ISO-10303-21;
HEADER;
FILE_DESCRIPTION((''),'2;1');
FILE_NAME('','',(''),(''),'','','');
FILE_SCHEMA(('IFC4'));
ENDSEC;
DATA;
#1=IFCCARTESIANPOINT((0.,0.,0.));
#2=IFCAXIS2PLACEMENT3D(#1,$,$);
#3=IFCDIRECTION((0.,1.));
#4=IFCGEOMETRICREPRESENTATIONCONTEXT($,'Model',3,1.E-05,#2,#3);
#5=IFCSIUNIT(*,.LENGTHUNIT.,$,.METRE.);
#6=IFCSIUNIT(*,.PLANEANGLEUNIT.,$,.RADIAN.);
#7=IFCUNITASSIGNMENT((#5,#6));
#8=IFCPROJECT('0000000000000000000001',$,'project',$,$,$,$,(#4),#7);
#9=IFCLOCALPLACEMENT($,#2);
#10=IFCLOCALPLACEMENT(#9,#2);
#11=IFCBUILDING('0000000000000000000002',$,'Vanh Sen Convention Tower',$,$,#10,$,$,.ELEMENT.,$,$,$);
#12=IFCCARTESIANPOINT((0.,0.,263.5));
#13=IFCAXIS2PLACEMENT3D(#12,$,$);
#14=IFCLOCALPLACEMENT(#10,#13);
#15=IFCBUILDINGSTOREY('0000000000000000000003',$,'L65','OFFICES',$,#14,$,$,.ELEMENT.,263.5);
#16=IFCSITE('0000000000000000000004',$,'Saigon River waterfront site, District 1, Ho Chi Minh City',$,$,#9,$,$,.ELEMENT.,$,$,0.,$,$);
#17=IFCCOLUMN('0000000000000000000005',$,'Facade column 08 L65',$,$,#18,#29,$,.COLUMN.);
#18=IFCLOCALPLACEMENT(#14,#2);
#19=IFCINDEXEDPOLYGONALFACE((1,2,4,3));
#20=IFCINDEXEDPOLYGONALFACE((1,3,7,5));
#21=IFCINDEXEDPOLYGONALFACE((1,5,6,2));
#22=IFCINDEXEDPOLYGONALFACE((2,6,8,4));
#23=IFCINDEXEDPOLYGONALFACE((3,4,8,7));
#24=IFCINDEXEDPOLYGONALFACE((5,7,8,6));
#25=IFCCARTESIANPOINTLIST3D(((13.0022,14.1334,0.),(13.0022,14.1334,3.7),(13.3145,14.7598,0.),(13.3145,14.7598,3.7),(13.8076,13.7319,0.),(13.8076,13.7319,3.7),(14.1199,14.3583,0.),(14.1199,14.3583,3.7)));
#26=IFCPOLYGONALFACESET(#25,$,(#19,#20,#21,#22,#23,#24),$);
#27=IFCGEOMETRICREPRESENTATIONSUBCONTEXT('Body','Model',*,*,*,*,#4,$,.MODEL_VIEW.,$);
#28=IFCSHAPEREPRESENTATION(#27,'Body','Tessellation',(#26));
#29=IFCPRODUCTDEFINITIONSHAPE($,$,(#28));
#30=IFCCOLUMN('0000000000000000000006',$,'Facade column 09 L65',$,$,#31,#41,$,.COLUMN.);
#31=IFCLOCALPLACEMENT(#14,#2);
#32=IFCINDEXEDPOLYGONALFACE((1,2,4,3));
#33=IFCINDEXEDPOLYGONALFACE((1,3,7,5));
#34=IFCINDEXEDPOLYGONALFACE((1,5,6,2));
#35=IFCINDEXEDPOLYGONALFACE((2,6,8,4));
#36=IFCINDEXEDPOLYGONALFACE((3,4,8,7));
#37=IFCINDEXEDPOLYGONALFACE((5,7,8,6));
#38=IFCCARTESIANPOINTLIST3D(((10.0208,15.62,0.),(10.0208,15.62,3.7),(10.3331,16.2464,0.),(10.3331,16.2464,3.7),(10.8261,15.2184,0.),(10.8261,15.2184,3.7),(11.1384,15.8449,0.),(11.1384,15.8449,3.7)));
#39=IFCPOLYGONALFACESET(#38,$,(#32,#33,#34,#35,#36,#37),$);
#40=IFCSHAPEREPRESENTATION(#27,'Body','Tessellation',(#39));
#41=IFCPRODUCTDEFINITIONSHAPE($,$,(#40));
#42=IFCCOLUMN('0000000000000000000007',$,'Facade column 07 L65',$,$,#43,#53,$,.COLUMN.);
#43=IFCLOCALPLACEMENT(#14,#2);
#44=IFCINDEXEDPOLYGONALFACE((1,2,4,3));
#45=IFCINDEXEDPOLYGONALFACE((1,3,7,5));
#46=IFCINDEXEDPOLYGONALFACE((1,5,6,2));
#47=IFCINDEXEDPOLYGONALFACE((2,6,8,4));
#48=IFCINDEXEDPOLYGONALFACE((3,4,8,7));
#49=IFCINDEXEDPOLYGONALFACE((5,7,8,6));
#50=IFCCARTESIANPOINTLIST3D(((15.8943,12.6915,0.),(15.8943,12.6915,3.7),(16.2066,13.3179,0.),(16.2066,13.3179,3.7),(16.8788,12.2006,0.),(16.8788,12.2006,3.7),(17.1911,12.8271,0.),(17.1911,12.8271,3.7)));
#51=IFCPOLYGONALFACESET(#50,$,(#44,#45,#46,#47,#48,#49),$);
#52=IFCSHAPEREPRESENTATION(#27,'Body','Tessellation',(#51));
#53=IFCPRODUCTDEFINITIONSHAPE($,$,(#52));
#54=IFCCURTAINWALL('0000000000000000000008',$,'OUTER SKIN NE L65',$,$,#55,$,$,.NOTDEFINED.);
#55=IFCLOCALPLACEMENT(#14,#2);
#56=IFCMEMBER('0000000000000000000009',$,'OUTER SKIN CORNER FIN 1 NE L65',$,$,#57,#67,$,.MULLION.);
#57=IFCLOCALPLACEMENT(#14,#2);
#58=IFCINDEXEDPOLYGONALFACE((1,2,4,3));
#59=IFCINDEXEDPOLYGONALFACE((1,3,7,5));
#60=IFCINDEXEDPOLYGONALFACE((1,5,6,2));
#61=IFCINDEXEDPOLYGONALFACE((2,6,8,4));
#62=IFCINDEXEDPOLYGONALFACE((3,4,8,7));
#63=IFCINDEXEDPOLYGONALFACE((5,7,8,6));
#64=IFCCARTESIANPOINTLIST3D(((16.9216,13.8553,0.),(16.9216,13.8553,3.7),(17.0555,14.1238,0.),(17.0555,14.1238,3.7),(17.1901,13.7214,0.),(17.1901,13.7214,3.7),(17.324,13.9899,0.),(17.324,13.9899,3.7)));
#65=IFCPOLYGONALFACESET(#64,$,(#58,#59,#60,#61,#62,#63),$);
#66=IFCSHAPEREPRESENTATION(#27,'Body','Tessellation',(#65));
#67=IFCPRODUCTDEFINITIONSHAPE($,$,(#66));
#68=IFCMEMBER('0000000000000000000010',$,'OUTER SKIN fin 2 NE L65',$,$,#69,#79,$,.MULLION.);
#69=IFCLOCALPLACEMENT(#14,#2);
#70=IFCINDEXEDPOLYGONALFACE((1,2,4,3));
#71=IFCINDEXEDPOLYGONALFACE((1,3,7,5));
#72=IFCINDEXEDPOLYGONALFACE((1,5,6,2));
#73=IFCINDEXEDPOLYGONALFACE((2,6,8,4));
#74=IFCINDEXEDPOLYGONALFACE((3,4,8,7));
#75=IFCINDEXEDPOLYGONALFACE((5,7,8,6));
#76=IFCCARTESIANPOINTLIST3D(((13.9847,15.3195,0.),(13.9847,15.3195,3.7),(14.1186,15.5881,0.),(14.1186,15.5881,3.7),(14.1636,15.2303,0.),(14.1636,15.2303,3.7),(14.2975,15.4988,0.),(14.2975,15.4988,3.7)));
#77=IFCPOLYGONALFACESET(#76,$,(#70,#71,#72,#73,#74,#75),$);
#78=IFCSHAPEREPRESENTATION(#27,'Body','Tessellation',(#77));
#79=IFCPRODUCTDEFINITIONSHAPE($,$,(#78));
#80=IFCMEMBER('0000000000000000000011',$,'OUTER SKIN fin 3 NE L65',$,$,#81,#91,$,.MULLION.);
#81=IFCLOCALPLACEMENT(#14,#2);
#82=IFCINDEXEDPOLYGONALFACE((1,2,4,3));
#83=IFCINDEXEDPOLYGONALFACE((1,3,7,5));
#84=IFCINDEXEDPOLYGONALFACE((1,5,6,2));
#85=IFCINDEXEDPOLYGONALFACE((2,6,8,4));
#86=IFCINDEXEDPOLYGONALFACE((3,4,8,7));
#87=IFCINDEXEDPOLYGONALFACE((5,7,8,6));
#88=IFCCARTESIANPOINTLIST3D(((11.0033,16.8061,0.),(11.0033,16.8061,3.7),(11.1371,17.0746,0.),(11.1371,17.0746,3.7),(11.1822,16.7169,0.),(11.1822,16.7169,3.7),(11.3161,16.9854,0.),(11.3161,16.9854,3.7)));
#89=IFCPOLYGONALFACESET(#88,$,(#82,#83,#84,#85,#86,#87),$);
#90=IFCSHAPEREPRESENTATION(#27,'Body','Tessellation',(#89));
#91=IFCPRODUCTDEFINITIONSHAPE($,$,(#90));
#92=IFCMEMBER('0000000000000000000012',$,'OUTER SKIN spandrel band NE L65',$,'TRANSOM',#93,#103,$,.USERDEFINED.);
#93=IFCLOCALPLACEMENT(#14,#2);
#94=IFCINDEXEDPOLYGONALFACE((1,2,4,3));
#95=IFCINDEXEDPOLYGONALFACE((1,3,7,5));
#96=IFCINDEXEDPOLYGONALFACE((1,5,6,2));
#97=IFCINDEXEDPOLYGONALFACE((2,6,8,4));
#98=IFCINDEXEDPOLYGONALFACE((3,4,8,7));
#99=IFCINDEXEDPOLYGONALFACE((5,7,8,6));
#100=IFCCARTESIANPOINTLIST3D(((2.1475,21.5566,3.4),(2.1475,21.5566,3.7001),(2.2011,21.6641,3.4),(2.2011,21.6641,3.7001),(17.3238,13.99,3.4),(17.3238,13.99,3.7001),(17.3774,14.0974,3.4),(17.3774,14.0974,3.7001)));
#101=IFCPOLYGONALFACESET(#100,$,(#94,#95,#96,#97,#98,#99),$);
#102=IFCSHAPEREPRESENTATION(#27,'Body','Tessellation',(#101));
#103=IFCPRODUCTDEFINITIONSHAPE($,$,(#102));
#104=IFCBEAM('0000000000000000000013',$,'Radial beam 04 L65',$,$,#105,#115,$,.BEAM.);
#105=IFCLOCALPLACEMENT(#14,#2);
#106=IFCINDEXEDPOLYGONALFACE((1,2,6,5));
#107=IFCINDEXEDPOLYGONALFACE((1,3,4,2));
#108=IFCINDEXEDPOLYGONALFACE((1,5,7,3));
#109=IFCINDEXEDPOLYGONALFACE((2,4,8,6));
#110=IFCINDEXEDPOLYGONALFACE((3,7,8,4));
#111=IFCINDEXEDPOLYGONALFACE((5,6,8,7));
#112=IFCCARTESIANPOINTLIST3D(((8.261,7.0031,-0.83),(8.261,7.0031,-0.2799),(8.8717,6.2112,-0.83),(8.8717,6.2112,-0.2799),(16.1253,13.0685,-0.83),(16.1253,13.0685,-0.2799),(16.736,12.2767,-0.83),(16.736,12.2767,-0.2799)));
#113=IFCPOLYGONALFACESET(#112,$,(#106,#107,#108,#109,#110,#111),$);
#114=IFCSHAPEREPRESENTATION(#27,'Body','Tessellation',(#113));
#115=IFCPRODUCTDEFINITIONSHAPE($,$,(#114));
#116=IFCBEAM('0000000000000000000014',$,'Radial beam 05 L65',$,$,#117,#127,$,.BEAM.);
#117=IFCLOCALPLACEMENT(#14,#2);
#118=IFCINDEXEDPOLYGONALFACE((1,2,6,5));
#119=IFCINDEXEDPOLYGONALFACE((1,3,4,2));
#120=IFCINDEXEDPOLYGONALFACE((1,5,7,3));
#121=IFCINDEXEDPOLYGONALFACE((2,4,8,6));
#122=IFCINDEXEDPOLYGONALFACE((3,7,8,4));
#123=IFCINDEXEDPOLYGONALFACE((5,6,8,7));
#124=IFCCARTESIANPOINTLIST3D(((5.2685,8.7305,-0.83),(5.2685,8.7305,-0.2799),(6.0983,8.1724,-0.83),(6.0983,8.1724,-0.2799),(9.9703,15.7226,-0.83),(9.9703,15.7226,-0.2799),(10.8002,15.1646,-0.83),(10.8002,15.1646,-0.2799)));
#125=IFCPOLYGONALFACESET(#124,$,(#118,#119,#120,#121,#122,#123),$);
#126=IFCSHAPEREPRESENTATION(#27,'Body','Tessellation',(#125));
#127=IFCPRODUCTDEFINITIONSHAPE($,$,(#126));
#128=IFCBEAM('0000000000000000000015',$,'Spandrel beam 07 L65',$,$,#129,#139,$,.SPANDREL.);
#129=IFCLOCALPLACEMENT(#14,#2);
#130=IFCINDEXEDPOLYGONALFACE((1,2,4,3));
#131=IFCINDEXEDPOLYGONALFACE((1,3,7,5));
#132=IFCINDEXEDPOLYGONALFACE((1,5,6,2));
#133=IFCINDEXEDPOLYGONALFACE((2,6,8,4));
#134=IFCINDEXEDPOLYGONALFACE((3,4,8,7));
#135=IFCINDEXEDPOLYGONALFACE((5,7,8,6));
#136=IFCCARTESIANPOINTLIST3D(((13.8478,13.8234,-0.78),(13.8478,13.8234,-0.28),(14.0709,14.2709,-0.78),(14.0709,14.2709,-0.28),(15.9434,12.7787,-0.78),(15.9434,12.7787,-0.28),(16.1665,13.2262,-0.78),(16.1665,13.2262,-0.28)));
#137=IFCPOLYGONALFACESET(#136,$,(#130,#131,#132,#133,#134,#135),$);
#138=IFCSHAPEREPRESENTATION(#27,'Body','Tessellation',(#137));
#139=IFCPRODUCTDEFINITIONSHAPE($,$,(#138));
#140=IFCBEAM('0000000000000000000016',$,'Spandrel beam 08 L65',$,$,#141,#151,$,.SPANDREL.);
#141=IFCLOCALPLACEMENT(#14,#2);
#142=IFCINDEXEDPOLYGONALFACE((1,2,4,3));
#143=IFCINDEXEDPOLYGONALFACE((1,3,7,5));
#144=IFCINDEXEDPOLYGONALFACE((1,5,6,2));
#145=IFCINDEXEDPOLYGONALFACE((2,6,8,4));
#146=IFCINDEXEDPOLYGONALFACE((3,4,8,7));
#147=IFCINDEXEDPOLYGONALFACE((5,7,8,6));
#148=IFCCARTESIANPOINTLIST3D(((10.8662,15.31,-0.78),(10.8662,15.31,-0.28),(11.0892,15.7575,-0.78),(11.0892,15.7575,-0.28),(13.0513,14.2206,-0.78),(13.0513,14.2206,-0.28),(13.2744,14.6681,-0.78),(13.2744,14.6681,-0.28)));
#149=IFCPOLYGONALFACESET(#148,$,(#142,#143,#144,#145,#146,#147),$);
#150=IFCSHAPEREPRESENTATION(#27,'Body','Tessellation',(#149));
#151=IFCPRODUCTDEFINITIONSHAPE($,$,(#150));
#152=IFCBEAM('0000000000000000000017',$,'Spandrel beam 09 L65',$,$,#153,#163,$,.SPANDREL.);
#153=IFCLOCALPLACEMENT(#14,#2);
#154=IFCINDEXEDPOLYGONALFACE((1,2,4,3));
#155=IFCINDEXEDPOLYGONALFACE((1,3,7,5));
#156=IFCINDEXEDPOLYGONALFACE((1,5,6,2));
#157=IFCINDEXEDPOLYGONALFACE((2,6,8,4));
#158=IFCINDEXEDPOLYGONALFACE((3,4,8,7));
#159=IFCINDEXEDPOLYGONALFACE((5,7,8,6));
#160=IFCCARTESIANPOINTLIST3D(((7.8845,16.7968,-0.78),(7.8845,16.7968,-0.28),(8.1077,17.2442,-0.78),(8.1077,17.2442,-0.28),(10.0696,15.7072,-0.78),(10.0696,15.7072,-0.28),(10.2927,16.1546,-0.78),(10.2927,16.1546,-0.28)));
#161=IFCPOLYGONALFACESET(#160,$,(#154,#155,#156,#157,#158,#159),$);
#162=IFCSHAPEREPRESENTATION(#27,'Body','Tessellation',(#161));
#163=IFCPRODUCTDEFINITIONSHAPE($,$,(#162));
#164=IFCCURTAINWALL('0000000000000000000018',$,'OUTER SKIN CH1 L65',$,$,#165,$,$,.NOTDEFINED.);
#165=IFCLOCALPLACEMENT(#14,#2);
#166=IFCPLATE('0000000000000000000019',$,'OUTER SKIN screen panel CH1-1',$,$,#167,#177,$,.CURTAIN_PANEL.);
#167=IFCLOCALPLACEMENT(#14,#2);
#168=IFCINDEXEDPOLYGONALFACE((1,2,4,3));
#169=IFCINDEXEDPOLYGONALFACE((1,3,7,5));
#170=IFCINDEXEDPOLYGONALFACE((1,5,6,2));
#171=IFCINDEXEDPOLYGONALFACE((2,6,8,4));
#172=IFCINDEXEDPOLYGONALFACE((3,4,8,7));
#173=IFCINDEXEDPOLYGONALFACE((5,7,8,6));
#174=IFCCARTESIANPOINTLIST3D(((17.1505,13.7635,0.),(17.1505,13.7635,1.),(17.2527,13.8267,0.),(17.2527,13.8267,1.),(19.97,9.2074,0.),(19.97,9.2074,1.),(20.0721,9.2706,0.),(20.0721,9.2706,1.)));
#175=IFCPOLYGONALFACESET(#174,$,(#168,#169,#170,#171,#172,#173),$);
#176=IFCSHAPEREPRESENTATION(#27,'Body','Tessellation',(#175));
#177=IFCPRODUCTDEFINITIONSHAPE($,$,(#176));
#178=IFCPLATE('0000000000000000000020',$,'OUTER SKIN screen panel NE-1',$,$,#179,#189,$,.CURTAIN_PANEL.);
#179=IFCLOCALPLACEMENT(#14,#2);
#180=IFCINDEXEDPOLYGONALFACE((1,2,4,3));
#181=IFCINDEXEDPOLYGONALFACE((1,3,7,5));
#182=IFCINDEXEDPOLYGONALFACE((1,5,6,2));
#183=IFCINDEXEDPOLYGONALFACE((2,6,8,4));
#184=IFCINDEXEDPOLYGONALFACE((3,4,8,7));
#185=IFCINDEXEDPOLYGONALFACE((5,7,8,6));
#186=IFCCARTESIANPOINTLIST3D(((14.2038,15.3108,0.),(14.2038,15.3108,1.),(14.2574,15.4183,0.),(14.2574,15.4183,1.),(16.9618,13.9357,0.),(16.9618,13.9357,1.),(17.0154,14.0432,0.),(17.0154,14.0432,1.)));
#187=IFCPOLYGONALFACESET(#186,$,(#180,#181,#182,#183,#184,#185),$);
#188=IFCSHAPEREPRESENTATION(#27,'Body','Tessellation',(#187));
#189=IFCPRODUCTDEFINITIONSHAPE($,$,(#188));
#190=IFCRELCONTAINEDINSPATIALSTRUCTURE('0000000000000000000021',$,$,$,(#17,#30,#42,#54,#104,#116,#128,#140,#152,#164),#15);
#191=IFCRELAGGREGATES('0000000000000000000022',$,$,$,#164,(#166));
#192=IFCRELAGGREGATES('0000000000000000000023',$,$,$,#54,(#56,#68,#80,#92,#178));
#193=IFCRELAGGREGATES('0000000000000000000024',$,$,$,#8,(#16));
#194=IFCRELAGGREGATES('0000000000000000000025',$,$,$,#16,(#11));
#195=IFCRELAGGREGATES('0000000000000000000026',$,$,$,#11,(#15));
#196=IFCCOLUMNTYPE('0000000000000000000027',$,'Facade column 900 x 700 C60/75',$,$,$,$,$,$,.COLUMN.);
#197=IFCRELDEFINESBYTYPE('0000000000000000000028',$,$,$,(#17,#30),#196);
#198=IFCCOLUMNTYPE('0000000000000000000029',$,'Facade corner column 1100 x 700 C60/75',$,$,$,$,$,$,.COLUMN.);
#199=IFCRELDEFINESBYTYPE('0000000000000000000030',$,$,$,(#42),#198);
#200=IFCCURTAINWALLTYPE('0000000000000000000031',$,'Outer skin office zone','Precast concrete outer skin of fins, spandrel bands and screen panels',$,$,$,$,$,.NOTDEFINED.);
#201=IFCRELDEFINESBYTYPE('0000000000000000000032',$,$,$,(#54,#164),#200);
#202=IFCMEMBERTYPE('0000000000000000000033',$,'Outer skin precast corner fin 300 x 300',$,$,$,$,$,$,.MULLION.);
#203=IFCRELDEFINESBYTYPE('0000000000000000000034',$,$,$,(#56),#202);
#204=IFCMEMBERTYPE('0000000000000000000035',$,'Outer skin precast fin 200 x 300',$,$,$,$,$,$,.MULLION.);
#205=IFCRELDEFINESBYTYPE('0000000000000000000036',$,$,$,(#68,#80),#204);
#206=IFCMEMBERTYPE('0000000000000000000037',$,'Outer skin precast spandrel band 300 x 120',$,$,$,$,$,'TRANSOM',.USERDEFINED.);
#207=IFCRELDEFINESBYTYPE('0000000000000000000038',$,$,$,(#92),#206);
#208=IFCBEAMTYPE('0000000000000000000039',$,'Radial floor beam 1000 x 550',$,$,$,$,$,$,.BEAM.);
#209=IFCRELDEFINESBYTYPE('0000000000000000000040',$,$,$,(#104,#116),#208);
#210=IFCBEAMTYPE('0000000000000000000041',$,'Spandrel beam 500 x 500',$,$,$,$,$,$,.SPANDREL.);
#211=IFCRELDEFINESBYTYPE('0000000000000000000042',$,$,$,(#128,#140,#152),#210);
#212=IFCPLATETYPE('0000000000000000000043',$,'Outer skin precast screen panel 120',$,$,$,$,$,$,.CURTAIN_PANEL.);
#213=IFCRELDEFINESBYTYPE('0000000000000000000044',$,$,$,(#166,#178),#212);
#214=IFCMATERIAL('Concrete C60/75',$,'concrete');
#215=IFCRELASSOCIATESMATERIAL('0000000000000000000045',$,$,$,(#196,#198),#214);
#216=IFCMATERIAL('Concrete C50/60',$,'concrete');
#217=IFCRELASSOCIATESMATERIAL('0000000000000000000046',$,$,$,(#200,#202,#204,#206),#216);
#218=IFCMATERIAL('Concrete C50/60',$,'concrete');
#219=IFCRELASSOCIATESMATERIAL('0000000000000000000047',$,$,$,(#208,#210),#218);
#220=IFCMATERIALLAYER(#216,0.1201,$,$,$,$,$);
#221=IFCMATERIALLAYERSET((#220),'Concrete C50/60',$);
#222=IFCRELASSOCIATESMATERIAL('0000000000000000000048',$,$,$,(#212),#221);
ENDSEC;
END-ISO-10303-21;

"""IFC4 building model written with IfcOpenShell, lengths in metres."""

from ifc_helpers import new_model, si_unit, direction, frame, origin, origin_2d, place, context, subcontext, project, spatial, rectangle, extrude, material, layer, layer_set, material_profile, profile_set, type_object, element, aggregate, save


model = new_model("IFC4")

# Units and contexts
model_context = context("Model", 3, precision=1e-05, world=origin(), true_north=direction((0.0, 1.0)))
body_context = subcontext(model_context, "Body", "Model", "MODEL_VIEW")
ifc_project = project(units=[si_unit("LENGTHUNIT", "METRE"), si_unit("PLANEANGLEUNIT", "RADIAN")], contexts=[model_context])

# Site, building, storey
site_placement = place(None, origin())
site = spatial("IfcSite", under=ifc_project, at=site_placement, Name="Saigon River waterfront site, District 1, Ho Chi Minh City", CompositionType="ELEMENT", RefElevation=0.0)
building_placement = place(site_placement, origin())
building = spatial("IfcBuilding", under=site, at=building_placement, Name="Vanh Sen Convention Tower", CompositionType="ELEMENT")
storey_placement = place(building_placement, frame((0.0, 0.0, 263.5)))
storey = spatial("IfcBuildingStorey", under=building, at=storey_placement, Name="L65", Description="OFFICES", CompositionType="ELEMENT", Elevation=263.5)

# Columns
ifc_material_1 = material(Name="Concrete C60/75", Category="concrete")
ifc_material_profile_1 = material_profile(ifc_material_1, rectangle(XDim=0.8999, YDim=0.7, at=origin_2d()), Name="RC 900X700")
ifc_profile_set_1 = profile_set([ifc_material_profile_1], Name="Concrete C60/75")
column_type_1 = type_object("IfcColumnType", Name="Facade column 900 x 700 C60/75", PredefinedType="COLUMN", material=ifc_profile_set_1)
for number, where, z_axis, x_axis, name in (
    (1, (13.561, 14.2458, 0.0), (0.0, 0.0, 1.0), (-0.894934, 0.446198, 0.0), "Facade column 08 L65"),
    (2, (10.5796, 15.7324, 0.0), (0.0, 0.0, 1.0), (-0.894934, 0.446198, 0.0), "Facade column 09 L65"),
):
    element("IfcColumn", number, at=place(storey_placement, frame(where, z_axis=z_axis, x_axis=x_axis)), inside=storey, type_object=column_type_1, Name=name, PredefinedType="COLUMN", context=body_context, shape_type="SweptSolid", body=[
        extrude(rectangle(XDim=0.8999, YDim=0.7, at=origin_2d()), origin(), (0.0, 0.0, 1.0), 3.7),
    ])
ifc_material_profile_2 = material_profile(ifc_material_1, rectangle(XDim=1.1001, YDim=0.7, at=origin_2d()), Name="RC 1100X700")
ifc_profile_set_2 = profile_set([ifc_material_profile_2], Name="Concrete C60/75")
column_type_2 = type_object("IfcColumnType", Name="Facade corner column 1100 x 700 C60/75", PredefinedType="COLUMN", material=ifc_profile_set_2)
column_placement = place(storey_placement, frame((16.5427, 12.7593, 0.0), z_axis=(0.0, 0.0, 1.0), x_axis=(-0.894934, 0.446198, 0.0)))
element("IfcColumn", 3, at=column_placement, inside=storey, type_object=column_type_2, Name="Facade column 07 L65", PredefinedType="COLUMN", context=body_context, shape_type="SweptSolid", body=[
    extrude(rectangle(XDim=1.1001, YDim=0.7, at=origin_2d()), origin(), (0.0, 0.0, 1.0), 3.7),
])

# Curtain wall, members
ifc_material_2 = material(Name="Concrete C50/60", Category="concrete")
curtain_wall_type = type_object("IfcCurtainWallType", Name="Outer skin office zone", Description="Precast concrete outer skin of fins, spandrel bands and screen panels", PredefinedType="NOTDEFINED", material=ifc_material_2)
curtain_wall_1_placement = place(storey_placement, origin())
curtain_wall_1 = element("IfcCurtainWall", 4, at=curtain_wall_1_placement, inside=storey, type_object=curtain_wall_type, Name="OUTER SKIN NE L65", PredefinedType="NOTDEFINED")
ifc_material_profile_3 = material_profile(ifc_material_2, rectangle(XDim=0.3, YDim=0.3, at=origin_2d()), Name="Outer skin precast corner fin 300 x 300")
ifc_profile_set_3 = profile_set([ifc_material_profile_3], Name="Concrete C50/60")
member_type_1 = type_object("IfcMemberType", Name="Outer skin precast corner fin 300 x 300", PredefinedType="MULLION", material=ifc_profile_set_3)
member_1_placement = place(storey_placement, frame((17.1228, 13.9226, 0.0), z_axis=(0.0, 0.0, 1.0), x_axis=(-0.894934, 0.446198, 0.0)))
member_1 = element("IfcMember", 5, at=member_1_placement, type_object=member_type_1, Name="OUTER SKIN CORNER FIN 1 NE L65", PredefinedType="MULLION", context=body_context, shape_type="SweptSolid", body=[
    extrude(rectangle(XDim=0.3, YDim=0.3, at=origin_2d()), origin(), (0.0, 0.0, 1.0), 3.7),
])
ifc_material_profile_4 = material_profile(ifc_material_2, rectangle(XDim=0.2, YDim=0.3, at=origin_2d()), Name="Outer skin precast fin 200 x 300")
ifc_profile_set_4 = profile_set([ifc_material_profile_4], Name="Concrete C50/60")
member_type_2 = type_object("IfcMemberType", Name="Outer skin precast fin 200 x 300", PredefinedType="MULLION", material=ifc_profile_set_4)
member_2_placement = place(storey_placement, frame((14.1411, 15.4092, 0.0), z_axis=(0.0, 0.0, 1.0), x_axis=(-0.894934, 0.446198, 0.0)))
member_2 = element("IfcMember", 6, at=member_2_placement, type_object=member_type_2, Name="OUTER SKIN fin 2 NE L65", PredefinedType="MULLION", context=body_context, shape_type="SweptSolid", body=[
    extrude(rectangle(XDim=0.2, YDim=0.3, at=origin_2d()), origin(), (0.0, 0.0, 1.0), 3.7),
])
member_3_placement = place(storey_placement, frame((11.1597, 16.8958, 0.0), z_axis=(0.0, 0.0, 1.0), x_axis=(-0.894934, 0.446198, 0.0)))
member_3 = element("IfcMember", 7, at=member_3_placement, type_object=member_type_2, Name="OUTER SKIN fin 3 NE L65", PredefinedType="MULLION", context=body_context, shape_type="SweptSolid", body=[
    extrude(rectangle(XDim=0.2, YDim=0.3, at=origin_2d()), origin(), (0.0, 0.0, 1.0), 3.7),
])
ifc_material_profile_5 = material_profile(ifc_material_2, rectangle(XDim=0.1201, YDim=0.3, at=origin_2d()), Name="Outer skin precast spandrel band 300 x 120")
ifc_profile_set_5 = profile_set([ifc_material_profile_5], Name="Concrete C50/60")
member_type_3 = type_object("IfcMemberType", Name="Outer skin precast spandrel band 300 x 120", ElementType="TRANSOM", PredefinedType="USERDEFINED", material=ifc_profile_set_5)
member_4_placement = place(storey_placement, frame((17.3506, 14.0437, 3.55), z_axis=(-0.894933, 0.4462, 0.0), x_axis=(-0.4462, -0.894933, 0.0)))
member_4 = element("IfcMember", 8, at=member_4_placement, type_object=member_type_3, Name="OUTER SKIN spandrel band NE L65", ObjectType="TRANSOM", PredefinedType="USERDEFINED", context=body_context, shape_type="SweptSolid", body=[
    extrude(rectangle(XDim=0.1201, YDim=0.3, at=origin_2d()), origin(), (0.0, 0.0, 1.0), 16.958),
])

# Beams
ifc_material_3 = material(Name="Concrete C50/60", Category="concrete")
ifc_material_profile_6 = material_profile(ifc_material_3, rectangle(XDim=1.0, YDim=0.55, at=origin_2d()), Name="RC 1000X550")
ifc_profile_set_6 = profile_set([ifc_material_profile_6], Name="Concrete C50/60")
beam_type_1 = type_object("IfcBeamType", Name="Radial floor beam 1000 x 550", PredefinedType="BEAM", material=ifc_profile_set_6)
beam_1_placement = place(storey_placement, frame((16.4307, 12.6726, -0.5549), z_axis=(-0.791845, -0.610722, 0.0), x_axis=(0.610722, -0.791845, 0.0)))
element("IfcBeam", 9, at=beam_1_placement, inside=storey, type_object=beam_type_1, Name="Radial beam 04 L65", PredefinedType="BEAM", context=body_context, shape_type="SweptSolid", body=[
    extrude(rectangle(XDim=1.0, YDim=0.55, at=origin_2d()), origin(), (0.0, 0.0, 1.0), 9.9316),
])
beam_2_placement = place(storey_placement, frame((10.3853, 15.4436, -0.5549), z_axis=(-0.558019, -0.829828, 0.0), x_axis=(0.829828, -0.558019, 0.0)))
element("IfcBeam", 10, at=beam_2_placement, inside=storey, type_object=beam_type_1, Name="Radial beam 05 L65", PredefinedType="BEAM", context=body_context, shape_type="SweptSolid", body=[
    extrude(rectangle(XDim=1.0, YDim=0.55, at=origin_2d()), origin(), (0.0, 0.0, 1.0), 8.426),
])
ifc_material_profile_7 = material_profile(ifc_material_3, rectangle(XDim=0.5, YDim=0.5, at=origin_2d()), Name="RC 500X500")
ifc_profile_set_7 = profile_set([ifc_material_profile_7], Name="Concrete C50/60")
beam_type_2 = type_object("IfcBeamType", Name="Spandrel beam 500 x 500", PredefinedType="SPANDREL", material=ifc_profile_set_7)
beam_3_placement = place(storey_placement, frame((16.0549, 13.0024, -0.53), z_axis=(-0.894948, 0.446171, 0.0), x_axis=(-0.446171, -0.894948, 0.0)))
element("IfcBeam", 11, at=beam_3_placement, inside=storey, type_object=beam_type_2, Name="Spandrel beam 07 L65", PredefinedType="SPANDREL", context=body_context, shape_type="SweptSolid", body=[
    extrude(rectangle(XDim=0.5, YDim=0.5, at=origin_2d()), origin(), (0.0, 0.0, 1.0), 2.3416),
])
for number, where, z_axis, x_axis, name in (
    (12, (13.1628, 14.4443, -0.53), (-0.894947, 0.446173, 0.0), (-0.446173, -0.894947, 0.0), "Spandrel beam 08 L65"),
    (13, (10.1812, 15.9309, -0.53), (-0.894907, 0.446253, 0.0), (-0.446253, -0.894907, 0.0), "Spandrel beam 09 L65"),
):
    element("IfcBeam", number, at=place(storey_placement, frame(where, z_axis=z_axis, x_axis=x_axis)), inside=storey, type_object=beam_type_2, Name=name, PredefinedType="SPANDREL", context=body_context, shape_type="SweptSolid", body=[
        extrude(rectangle(XDim=0.5, YDim=0.5, at=origin_2d()), origin(), (0.0, 0.0, 1.0), 2.4417),
    ])

# Curtain wall, plate
curtain_wall_2_placement = place(storey_placement, origin())
curtain_wall_2 = element("IfcCurtainWall", 14, at=curtain_wall_2_placement, inside=storey, type_object=curtain_wall_type, Name="OUTER SKIN CH1 L65", PredefinedType="NOTDEFINED")
ifc_layer_1 = layer(ifc_material_2, 0.1201)
ifc_layer_set_1 = layer_set([ifc_layer_1], Name="Concrete C50/60")
plate_type = type_object("IfcPlateType", Name="Outer skin precast screen panel 120", PredefinedType="CURTAIN_PANEL", material=ifc_layer_set_1)
plate_1_placement = place(storey_placement, frame((18.6113, 11.5171, 0.0), z_axis=(0.0, 0.0, 1.0), x_axis=(-0.526218, 0.850349, 0.0)))
plate_1 = element("IfcPlate", 15, at=plate_1_placement, type_object=plate_type, Name="OUTER SKIN screen panel CH1-1", PredefinedType="CURTAIN_PANEL", context=body_context, shape_type="SweptSolid", body=[
    extrude(rectangle(XDim=5.3579, YDim=0.1201, at=origin_2d()), origin(), (0.0, 0.0, 1.0), 1.0),
])
aggregate(curtain_wall_2, [plate_1])

# Plate
plate_2_placement = place(storey_placement, frame((15.6096, 14.677, 0.0), z_axis=(0.0, 0.0, 1.0), x_axis=(-0.894931, 0.446204, 0.0)))
plate_2 = element("IfcPlate", 16, at=plate_2_placement, type_object=plate_type, Name="OUTER SKIN screen panel NE-1", PredefinedType="CURTAIN_PANEL", context=body_context, shape_type="SweptSolid", body=[
    extrude(rectangle(XDim=3.0818, YDim=0.1201, at=origin_2d()), origin(), (0.0, 0.0, 1.0), 1.0),
])
aggregate(curtain_wall_1, [member_1, member_2, member_3, member_4, plate_2])

save(model, "model.ifc")
